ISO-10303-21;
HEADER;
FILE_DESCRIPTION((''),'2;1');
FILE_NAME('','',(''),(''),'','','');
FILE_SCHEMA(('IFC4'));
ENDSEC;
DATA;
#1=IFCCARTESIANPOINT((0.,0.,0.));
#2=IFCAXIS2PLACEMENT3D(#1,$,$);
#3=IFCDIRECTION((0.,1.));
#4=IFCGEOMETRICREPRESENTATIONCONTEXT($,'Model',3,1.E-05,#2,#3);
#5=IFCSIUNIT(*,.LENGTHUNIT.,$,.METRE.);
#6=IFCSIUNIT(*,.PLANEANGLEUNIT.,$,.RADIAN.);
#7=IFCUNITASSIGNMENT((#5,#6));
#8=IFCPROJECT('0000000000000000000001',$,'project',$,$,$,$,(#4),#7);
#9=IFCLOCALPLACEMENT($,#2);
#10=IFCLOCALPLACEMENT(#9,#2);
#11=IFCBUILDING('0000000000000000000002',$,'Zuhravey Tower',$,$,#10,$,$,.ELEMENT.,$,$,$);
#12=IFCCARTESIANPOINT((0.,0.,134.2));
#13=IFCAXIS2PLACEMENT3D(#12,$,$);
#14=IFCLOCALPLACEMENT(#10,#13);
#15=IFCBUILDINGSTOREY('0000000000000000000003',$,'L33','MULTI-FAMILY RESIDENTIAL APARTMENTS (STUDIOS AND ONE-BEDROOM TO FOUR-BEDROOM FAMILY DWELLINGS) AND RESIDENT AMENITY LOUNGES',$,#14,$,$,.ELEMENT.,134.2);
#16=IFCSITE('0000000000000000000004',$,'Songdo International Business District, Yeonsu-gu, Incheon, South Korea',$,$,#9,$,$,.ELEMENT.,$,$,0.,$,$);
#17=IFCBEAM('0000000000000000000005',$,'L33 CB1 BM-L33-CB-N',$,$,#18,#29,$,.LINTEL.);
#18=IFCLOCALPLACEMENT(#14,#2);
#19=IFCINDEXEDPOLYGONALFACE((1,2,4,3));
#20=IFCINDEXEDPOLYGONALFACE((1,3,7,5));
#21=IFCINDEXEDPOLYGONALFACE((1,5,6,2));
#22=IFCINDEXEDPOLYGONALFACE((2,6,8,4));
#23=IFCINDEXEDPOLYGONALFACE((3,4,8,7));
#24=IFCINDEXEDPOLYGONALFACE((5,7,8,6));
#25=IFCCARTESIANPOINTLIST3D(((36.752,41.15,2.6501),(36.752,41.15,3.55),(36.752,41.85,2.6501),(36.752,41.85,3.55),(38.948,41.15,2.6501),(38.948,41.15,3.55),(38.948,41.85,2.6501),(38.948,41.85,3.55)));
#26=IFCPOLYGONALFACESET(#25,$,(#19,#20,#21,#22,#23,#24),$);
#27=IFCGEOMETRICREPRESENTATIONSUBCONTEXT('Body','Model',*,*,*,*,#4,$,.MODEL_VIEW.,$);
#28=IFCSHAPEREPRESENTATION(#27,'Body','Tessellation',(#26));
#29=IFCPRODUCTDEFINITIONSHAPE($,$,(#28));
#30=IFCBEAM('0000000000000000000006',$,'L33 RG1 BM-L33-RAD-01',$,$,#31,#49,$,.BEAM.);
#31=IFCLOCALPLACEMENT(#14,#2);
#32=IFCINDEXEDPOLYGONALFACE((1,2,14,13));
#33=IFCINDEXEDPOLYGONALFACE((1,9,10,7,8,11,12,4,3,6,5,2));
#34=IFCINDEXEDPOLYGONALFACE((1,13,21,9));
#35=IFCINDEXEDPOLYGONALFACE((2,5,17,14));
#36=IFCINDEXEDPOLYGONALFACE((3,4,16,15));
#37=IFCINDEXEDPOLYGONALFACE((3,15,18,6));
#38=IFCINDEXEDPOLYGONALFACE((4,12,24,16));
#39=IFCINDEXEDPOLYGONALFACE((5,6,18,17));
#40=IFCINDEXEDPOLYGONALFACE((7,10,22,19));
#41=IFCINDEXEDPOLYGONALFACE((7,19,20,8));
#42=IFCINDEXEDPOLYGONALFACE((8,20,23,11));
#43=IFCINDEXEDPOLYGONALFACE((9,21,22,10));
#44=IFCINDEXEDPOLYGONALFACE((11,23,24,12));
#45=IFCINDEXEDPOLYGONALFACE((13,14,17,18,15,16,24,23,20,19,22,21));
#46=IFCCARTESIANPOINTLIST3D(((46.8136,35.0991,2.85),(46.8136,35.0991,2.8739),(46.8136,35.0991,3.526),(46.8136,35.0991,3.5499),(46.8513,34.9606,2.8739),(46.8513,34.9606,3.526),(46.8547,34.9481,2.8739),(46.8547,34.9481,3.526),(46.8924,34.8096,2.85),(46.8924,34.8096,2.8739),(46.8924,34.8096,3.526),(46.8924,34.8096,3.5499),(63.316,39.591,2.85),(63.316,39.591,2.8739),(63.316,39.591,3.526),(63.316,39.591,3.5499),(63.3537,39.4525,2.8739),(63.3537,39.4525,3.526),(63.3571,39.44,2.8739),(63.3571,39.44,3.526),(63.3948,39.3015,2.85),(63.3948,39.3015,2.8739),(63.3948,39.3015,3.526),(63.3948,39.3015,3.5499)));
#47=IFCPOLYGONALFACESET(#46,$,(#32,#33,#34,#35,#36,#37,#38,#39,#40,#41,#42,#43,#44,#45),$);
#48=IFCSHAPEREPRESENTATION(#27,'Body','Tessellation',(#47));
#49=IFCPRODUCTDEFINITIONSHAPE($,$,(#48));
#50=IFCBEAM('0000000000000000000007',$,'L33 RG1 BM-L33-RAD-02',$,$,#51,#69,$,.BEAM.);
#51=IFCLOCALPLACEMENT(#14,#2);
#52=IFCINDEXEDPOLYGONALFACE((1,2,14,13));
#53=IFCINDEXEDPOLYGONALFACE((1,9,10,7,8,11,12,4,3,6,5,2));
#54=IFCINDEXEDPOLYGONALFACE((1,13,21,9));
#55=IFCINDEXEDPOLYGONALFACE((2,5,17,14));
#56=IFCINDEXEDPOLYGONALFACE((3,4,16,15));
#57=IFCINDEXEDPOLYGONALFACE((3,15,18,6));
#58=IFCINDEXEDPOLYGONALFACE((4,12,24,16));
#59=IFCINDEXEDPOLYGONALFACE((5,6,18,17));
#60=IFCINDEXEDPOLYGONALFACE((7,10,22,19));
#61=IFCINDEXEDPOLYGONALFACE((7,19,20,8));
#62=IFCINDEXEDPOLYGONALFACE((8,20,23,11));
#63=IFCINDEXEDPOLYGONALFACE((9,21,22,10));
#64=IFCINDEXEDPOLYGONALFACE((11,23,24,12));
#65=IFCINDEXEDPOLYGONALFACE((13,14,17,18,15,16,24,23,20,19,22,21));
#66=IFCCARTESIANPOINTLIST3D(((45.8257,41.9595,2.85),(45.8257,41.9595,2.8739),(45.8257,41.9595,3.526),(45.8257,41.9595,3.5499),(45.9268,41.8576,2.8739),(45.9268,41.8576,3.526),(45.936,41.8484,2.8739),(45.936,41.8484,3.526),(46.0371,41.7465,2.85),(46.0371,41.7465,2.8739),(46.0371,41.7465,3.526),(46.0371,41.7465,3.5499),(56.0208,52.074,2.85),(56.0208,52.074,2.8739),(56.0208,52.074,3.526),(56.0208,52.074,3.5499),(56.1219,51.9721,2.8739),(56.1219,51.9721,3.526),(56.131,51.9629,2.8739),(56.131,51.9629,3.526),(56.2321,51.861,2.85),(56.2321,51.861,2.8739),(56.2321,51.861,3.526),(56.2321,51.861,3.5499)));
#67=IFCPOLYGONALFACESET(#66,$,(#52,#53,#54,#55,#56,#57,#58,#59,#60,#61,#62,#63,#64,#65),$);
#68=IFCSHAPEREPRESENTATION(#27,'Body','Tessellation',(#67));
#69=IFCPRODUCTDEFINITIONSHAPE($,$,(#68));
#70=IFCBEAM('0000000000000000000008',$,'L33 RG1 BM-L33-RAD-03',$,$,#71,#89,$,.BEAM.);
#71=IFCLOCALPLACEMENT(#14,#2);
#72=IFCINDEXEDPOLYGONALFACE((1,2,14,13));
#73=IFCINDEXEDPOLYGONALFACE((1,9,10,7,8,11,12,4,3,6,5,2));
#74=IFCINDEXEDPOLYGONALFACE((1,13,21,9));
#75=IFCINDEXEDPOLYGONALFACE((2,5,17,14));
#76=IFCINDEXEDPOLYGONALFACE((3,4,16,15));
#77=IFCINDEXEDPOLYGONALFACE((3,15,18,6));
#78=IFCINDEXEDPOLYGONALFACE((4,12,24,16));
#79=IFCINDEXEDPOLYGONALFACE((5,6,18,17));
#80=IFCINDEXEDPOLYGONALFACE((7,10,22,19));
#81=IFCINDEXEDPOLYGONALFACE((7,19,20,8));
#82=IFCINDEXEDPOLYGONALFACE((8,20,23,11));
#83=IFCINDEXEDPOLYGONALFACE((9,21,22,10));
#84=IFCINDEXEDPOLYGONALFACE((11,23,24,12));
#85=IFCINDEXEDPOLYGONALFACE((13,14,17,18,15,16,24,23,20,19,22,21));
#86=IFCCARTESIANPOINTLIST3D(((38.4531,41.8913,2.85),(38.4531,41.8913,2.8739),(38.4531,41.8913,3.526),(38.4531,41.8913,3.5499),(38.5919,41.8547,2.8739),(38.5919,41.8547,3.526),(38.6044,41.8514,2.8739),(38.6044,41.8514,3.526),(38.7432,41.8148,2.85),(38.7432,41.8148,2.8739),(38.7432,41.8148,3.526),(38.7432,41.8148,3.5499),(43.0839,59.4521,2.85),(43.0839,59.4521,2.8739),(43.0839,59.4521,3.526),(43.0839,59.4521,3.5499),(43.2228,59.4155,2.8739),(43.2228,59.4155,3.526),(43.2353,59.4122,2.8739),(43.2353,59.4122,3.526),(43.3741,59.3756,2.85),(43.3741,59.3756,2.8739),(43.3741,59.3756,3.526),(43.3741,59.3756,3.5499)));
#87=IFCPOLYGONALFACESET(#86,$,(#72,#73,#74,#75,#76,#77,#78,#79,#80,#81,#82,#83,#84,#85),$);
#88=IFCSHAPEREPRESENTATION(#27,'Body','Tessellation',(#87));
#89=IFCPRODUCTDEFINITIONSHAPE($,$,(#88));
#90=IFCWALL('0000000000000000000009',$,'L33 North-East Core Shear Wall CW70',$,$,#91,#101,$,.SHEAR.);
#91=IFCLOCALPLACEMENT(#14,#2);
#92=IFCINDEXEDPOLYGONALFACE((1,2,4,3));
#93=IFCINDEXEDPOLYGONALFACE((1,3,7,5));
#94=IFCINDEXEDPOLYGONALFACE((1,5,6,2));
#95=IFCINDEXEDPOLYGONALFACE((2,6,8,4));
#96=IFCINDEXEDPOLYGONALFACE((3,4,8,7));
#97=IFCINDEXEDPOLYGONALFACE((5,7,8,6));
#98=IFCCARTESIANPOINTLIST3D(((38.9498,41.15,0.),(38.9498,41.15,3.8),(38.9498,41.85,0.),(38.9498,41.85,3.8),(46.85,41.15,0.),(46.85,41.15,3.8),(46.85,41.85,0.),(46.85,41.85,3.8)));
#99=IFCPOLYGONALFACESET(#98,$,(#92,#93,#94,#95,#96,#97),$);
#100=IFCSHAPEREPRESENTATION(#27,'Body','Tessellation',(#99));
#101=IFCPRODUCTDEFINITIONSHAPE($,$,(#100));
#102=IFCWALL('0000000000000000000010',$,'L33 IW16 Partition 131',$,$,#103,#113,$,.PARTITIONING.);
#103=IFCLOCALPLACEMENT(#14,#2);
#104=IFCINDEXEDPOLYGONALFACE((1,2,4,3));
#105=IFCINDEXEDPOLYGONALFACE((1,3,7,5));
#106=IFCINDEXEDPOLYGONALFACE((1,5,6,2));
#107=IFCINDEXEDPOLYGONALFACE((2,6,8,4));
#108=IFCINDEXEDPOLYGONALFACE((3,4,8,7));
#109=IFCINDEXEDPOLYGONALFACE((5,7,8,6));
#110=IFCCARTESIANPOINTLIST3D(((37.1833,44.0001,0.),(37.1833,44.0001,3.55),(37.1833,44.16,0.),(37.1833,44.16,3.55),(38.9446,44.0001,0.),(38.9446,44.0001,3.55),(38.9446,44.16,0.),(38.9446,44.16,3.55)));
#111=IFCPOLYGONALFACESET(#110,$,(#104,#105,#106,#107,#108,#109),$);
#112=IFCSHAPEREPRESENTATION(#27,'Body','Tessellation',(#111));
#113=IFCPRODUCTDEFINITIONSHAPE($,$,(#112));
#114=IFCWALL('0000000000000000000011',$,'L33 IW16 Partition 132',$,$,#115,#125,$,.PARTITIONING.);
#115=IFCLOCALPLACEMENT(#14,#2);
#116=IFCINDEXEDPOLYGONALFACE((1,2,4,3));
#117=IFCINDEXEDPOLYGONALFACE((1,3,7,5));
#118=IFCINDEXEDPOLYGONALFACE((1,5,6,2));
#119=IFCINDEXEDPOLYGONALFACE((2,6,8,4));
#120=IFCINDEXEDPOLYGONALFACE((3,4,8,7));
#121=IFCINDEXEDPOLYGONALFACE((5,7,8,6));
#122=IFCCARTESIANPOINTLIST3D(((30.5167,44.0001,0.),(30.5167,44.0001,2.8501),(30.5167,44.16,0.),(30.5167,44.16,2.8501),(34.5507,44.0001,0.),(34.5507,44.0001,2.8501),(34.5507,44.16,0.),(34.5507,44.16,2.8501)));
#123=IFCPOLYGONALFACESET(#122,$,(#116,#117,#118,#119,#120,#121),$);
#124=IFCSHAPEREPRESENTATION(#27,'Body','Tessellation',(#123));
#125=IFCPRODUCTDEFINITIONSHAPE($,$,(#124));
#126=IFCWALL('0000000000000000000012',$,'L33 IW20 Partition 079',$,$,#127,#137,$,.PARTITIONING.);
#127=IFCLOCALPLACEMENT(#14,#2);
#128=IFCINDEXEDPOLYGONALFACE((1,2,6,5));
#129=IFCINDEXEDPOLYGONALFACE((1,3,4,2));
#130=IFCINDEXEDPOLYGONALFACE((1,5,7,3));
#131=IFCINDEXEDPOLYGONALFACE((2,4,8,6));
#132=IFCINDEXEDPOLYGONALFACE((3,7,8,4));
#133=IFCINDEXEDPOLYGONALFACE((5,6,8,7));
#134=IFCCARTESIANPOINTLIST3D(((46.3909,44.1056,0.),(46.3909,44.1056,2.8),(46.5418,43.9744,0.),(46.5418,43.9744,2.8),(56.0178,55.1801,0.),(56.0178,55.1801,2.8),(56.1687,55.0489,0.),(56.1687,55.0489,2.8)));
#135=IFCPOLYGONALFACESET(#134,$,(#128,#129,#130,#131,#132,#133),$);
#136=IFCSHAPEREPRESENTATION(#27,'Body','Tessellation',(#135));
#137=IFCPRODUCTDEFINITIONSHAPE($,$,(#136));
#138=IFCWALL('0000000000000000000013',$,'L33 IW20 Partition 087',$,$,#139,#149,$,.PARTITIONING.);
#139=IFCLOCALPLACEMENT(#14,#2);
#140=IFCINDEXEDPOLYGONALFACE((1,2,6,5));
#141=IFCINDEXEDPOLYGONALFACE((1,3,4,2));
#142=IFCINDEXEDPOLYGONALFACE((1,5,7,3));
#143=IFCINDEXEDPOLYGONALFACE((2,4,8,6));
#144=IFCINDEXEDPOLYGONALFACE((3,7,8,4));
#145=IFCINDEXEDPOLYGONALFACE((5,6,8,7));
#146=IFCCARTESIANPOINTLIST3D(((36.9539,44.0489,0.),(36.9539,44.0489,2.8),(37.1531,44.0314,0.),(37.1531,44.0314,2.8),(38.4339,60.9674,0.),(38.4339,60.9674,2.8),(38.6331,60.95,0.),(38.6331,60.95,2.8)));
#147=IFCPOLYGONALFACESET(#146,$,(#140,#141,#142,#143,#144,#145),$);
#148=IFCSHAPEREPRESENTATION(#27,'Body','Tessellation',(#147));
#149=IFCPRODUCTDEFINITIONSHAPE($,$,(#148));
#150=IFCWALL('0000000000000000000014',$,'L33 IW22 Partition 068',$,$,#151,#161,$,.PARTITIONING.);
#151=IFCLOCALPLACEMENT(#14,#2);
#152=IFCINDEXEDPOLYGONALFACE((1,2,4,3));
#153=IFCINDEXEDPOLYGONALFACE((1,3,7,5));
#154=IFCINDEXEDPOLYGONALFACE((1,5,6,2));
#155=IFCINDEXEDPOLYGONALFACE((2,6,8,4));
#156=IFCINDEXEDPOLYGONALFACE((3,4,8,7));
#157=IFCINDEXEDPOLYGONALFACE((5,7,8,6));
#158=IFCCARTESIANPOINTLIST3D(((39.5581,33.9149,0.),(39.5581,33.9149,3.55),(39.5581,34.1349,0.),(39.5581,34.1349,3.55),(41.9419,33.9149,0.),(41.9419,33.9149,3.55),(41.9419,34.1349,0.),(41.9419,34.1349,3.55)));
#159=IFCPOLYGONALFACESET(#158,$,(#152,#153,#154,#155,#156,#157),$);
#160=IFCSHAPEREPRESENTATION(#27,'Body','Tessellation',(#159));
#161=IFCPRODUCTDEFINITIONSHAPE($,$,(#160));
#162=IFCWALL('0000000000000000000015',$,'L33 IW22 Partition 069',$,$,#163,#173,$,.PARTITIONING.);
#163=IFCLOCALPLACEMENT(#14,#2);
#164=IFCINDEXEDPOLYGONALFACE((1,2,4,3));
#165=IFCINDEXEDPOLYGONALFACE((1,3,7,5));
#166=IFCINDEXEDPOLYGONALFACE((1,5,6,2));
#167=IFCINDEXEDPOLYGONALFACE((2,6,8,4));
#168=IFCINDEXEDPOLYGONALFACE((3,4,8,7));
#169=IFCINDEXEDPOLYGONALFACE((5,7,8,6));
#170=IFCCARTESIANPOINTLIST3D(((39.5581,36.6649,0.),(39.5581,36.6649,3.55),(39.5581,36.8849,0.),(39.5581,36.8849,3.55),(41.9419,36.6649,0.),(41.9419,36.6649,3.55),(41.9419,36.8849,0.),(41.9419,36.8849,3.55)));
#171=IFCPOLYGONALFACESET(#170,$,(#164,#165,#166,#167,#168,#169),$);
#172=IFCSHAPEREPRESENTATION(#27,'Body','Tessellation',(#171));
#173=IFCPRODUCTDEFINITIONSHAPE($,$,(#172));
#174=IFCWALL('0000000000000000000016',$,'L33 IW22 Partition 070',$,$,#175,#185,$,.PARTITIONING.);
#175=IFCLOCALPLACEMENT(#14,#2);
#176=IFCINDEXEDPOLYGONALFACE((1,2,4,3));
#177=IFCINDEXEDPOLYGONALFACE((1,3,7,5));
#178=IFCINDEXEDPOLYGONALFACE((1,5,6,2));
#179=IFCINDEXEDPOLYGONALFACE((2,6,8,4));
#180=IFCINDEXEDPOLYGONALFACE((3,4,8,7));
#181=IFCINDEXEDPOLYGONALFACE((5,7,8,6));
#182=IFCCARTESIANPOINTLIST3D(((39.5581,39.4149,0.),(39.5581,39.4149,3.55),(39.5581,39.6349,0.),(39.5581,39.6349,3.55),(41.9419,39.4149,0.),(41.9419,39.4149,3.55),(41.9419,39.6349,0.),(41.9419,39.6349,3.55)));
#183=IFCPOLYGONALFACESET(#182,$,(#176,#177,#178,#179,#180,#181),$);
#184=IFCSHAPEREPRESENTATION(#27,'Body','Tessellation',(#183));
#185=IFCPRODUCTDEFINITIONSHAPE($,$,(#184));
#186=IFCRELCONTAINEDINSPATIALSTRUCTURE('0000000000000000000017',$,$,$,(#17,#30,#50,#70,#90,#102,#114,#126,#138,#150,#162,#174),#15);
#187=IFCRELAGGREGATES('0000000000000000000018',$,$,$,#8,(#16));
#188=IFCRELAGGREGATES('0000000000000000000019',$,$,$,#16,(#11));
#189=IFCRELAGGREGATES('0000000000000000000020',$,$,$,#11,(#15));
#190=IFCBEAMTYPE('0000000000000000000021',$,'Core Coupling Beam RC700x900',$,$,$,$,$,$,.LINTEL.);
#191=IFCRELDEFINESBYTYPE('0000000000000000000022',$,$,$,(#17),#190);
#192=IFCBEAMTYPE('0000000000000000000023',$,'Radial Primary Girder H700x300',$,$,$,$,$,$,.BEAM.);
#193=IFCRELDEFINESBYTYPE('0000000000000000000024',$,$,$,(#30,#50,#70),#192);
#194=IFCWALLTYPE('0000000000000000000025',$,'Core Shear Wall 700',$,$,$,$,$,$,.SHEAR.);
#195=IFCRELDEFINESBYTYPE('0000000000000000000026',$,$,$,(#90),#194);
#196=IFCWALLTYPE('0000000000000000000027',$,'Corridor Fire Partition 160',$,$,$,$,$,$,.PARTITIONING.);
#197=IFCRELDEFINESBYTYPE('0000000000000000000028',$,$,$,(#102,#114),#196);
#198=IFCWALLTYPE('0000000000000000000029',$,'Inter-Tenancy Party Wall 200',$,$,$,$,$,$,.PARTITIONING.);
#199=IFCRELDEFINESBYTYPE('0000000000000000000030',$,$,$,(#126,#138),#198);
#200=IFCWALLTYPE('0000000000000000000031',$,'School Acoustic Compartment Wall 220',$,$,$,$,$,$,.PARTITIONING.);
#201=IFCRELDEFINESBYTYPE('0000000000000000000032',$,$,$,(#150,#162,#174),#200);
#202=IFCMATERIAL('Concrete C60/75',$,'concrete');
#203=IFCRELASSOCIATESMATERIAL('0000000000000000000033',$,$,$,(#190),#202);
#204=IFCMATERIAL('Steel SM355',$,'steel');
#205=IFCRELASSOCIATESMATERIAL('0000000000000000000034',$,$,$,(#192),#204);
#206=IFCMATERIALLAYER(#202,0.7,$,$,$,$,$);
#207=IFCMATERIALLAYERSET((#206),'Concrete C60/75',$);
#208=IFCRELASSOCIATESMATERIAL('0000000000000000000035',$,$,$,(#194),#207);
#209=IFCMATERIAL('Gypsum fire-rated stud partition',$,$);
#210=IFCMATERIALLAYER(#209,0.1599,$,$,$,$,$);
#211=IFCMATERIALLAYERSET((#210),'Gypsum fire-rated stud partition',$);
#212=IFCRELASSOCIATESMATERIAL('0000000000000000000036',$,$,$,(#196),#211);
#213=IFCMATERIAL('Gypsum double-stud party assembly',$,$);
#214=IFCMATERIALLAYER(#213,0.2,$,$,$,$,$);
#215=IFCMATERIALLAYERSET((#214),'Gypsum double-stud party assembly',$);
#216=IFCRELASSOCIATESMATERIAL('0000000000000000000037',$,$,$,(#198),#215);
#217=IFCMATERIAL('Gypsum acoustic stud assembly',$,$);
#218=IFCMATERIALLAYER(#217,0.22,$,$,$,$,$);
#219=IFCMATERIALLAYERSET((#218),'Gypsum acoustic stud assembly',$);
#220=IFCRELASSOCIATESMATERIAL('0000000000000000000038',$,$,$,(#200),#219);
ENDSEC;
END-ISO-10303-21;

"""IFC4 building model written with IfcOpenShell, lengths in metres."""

from ifc_helpers import new_model, si_unit, direction, frame, frame_2d, origin, origin_2d, place, context, subcontext, project, spatial, rectangle, i_section, extrude, material, layer, layer_set, material_profile, profile_set, type_object, element, save


model = new_model("IFC4")

# Units and contexts
model_context = context("Model", 3, precision=1e-05, world=origin(), true_north=direction((0.0, 1.0)))
body_context = subcontext(model_context, "Body", "Model", "MODEL_VIEW")
ifc_project = project(units=[si_unit("LENGTHUNIT", "METRE"), si_unit("PLANEANGLEUNIT", "RADIAN")], contexts=[model_context])

# Site, building, storey
site_placement = place(None, origin())
site = spatial("IfcSite", under=ifc_project, at=site_placement, Name="Songdo International Business District, Yeonsu-gu, Incheon, South Korea", CompositionType="ELEMENT", RefElevation=0.0)
building_placement = place(site_placement, origin())
building = spatial("IfcBuilding", under=site, at=building_placement, Name="Zuhravey Tower", CompositionType="ELEMENT")
storey_placement = place(building_placement, frame((0.0, 0.0, 134.2)))
storey = spatial("IfcBuildingStorey", under=building, at=storey_placement, Name="L33", Description="MULTI-FAMILY RESIDENTIAL APARTMENTS (STUDIOS AND ONE-BEDROOM TO FOUR-BEDROOM FAMILY DWELLINGS) AND RESIDENT AMENITY LOUNGES", CompositionType="ELEMENT", Elevation=134.2)

# Beams
ifc_material_1 = material(Name="Concrete C60/75", Category="concrete")
ifc_material_profile_1 = material_profile(ifc_material_1, rectangle(XDim=0.7, YDim=0.8999, at=origin_2d()), Name="RC-700x900")
ifc_profile_set_1 = profile_set([ifc_material_profile_1], Name="Concrete C60/75")
beam_type_1 = type_object("IfcBeamType", Name="Core Coupling Beam RC700x900", PredefinedType="LINTEL", material=ifc_profile_set_1)
beam_1_placement = place(storey_placement, frame((36.752, 41.5, 3.1001), z_axis=(1.0, 0.0, 0.0), x_axis=(0.0, 1.0, 0.0)))
element("IfcBeam", 1, at=beam_1_placement, inside=storey, type_object=beam_type_1, Name="L33 CB1 BM-L33-CB-N", PredefinedType="LINTEL", context=body_context, shape_type="SweptSolid", body=[
    extrude(rectangle(XDim=0.7, YDim=0.8999, at=origin_2d()), origin(), (0.0, 0.0, 1.0), 2.196),
])
ifc_material_2 = material(Name="Steel SM355", Category="steel")
ifc_material_profile_2 = material_profile(ifc_material_2, i_section(OverallWidth=0.3, OverallDepth=0.7, WebThickness=0.0129, FlangeThickness=0.0239, at=origin_2d()), Name="H-700x300x13x24")
ifc_profile_set_2 = profile_set([ifc_material_profile_2], Name="Steel SM355")
beam_type_2 = type_object("IfcBeamType", Name="Radial Primary Girder H700x300", PredefinedType="BEAM", material=ifc_profile_set_2)
beam_2_placement = place(storey_placement, frame((46.853, 34.9543, 3.2), z_axis=(0.964893, 0.262643, 0.0), x_axis=(-0.262643, 0.964893, 0.0)))
element("IfcBeam", 2, at=beam_2_placement, inside=storey, type_object=beam_type_2, Name="L33 RG1 BM-L33-RAD-01", PredefinedType="BEAM", context=body_context, shape_type="SweptSolid", body=[
    extrude(i_section(OverallWidth=0.3, OverallDepth=0.7, WebThickness=0.0129, FlangeThickness=0.0239, at=origin_2d()), origin(), (0.0, 0.0, 1.0), 17.1028),
])
beam_3_placement = place(storey_placement, frame((45.9314, 41.853, 3.2), z_axis=(0.709906, 0.704296, 0.0), x_axis=(-0.704296, 0.709906, 0.0)))
element("IfcBeam", 3, at=beam_3_placement, inside=storey, type_object=beam_type_2, Name="L33 RG1 BM-L33-RAD-02", PredefinedType="BEAM", context=body_context, shape_type="SweptSolid", body=[
    extrude(i_section(OverallWidth=0.3, OverallDepth=0.7, WebThickness=0.0129, FlangeThickness=0.0239, at=origin_2d()), origin(), (0.0, 0.0, 1.0), 14.3611),
])
beam_4_placement = place(storey_placement, frame((38.5981, 41.853, 3.2), z_axis=(0.254988, 0.966944, 0.0), x_axis=(-0.966944, 0.254988, 0.0)))
element("IfcBeam", 4, at=beam_4_placement, inside=storey, type_object=beam_type_2, Name="L33 RG1 BM-L33-RAD-03", PredefinedType="BEAM", context=body_context, shape_type="SweptSolid", body=[
    extrude(i_section(OverallWidth=0.3, OverallDepth=0.7, WebThickness=0.0129, FlangeThickness=0.0239, at=origin_2d()), origin(), (0.0, 0.0, 1.0), 18.1611),
])

# Wall
ifc_layer_1 = layer(ifc_material_1, 0.7)
ifc_layer_set_1 = layer_set([ifc_layer_1], Name="Concrete C60/75")
wall_type_1 = type_object("IfcWallType", Name="Core Shear Wall 700", PredefinedType="SHEAR", material=ifc_layer_set_1)
wall_1_placement = place(storey_placement, frame((46.8501, 41.5, 0.0), z_axis=(0.0, 0.0, 1.0), x_axis=(-1.0, 0.0, 0.0)))
element("IfcWall", 5, at=wall_1_placement, inside=storey, type_object=wall_type_1, Name="L33 North-East Core Shear Wall CW70", PredefinedType="SHEAR", context=body_context, shape_type="SweptSolid", body=[
    extrude(rectangle(XDim=7.9001, YDim=0.7, at=frame_2d((3.9502, 0.0))), origin(), (0.0, 0.0, 1.0), 3.8),
])

# Shared definitions
ifc_material_3 = material(Name="Gypsum fire-rated stud partition")
ifc_layer_2 = layer(ifc_material_3, 0.1599)
ifc_layer_set_2 = layer_set([ifc_layer_2], Name="Gypsum fire-rated stud partition")
wall_type_2 = type_object("IfcWallType", Name="Corridor Fire Partition 160", PredefinedType="PARTITIONING", material=ifc_layer_set_2)

# Walls
wall_2_placement = place(storey_placement, frame((38.9446, 44.0801, 0.0), z_axis=(0.0, 0.0, 1.0), x_axis=(-1.0, 0.0, 0.0)))
element("IfcWall", 6, at=wall_2_placement, inside=storey, type_object=wall_type_2, Name="L33 IW16 Partition 131", PredefinedType="PARTITIONING", context=body_context, shape_type="SweptSolid", body=[
    extrude(rectangle(XDim=1.7612, YDim=0.1599, at=frame_2d((0.8806, 0.0))), origin(), (0.0, 0.0, 1.0), 3.55),
])
wall_3_placement = place(storey_placement, frame((34.5508, 44.0801, 0.0), z_axis=(0.0, 0.0, 1.0), x_axis=(-1.0, 0.0, 0.0)))
element("IfcWall", 7, at=wall_3_placement, inside=storey, type_object=wall_type_2, Name="L33 IW16 Partition 132", PredefinedType="PARTITIONING", context=body_context, shape_type="SweptSolid", body=[
    extrude(rectangle(XDim=4.0339, YDim=0.1599, at=frame_2d((2.0171, 0.0))), origin(), (0.0, 0.0, 1.0), 2.8501),
])

# Walls
ifc_material_4 = material(Name="Gypsum double-stud party assembly")
ifc_layer_3 = layer(ifc_material_4, 0.2)
ifc_layer_set_3 = layer_set([ifc_layer_3], Name="Gypsum double-stud party assembly")
wall_type_3 = type_object("IfcWallType", Name="Inter-Tenancy Party Wall 200", PredefinedType="PARTITIONING", material=ifc_layer_set_3)
wall_4_placement = place(storey_placement, frame((46.4663, 44.04, 0.0), z_axis=(0.0, 0.0, 1.0), x_axis=(0.656062, 0.754707, 0.0)))
element("IfcWall", 8, at=wall_4_placement, inside=storey, type_object=wall_type_3, Name="L33 IW20 Partition 079", PredefinedType="PARTITIONING", context=body_context, shape_type="SweptSolid", body=[
    extrude(rectangle(XDim=14.6738, YDim=0.2, at=frame_2d((7.3369, 0.0))), origin(), (0.0, 0.0, 1.0), 2.8),
])
wall_5_placement = place(storey_placement, frame((37.0535, 44.04, 0.0), z_axis=(0.0, 0.0, 1.0), x_axis=(0.087144, 0.996196, 0.0)))
element("IfcWall", 9, at=wall_5_placement, inside=storey, type_object=wall_type_3, Name="L33 IW20 Partition 087", PredefinedType="PARTITIONING", context=body_context, shape_type="SweptSolid", body=[
    extrude(rectangle(XDim=16.9832, YDim=0.2, at=frame_2d((8.4917, 0.0))), origin(), (0.0, 0.0, 1.0), 2.8),
])
ifc_material_5 = material(Name="Gypsum acoustic stud assembly")
ifc_layer_4 = layer(ifc_material_5, 0.22)
ifc_layer_set_4 = layer_set([ifc_layer_4], Name="Gypsum acoustic stud assembly")
wall_type_4 = type_object("IfcWallType", Name="School Acoustic Compartment Wall 220", PredefinedType="PARTITIONING", material=ifc_layer_set_4)
for number, where, z_axis, x_axis, name in (
    (10, (39.5581, 34.0249, 0.0), (0.0, 0.0, 1.0), (1.0, 0.0, 0.0), "L33 IW22 Partition 068"),
    (11, (39.5581, 36.7749, 0.0), (0.0, 0.0, 1.0), (1.0, 0.0, 0.0), "L33 IW22 Partition 069"),
    (12, (39.5581, 39.5249, 0.0), (0.0, 0.0, 1.0), (1.0, 0.0, 0.0), "L33 IW22 Partition 070"),
):
    element("IfcWall", number, at=place(storey_placement, frame(where, z_axis=z_axis, x_axis=x_axis)), inside=storey, type_object=wall_type_4, Name=name, PredefinedType="PARTITIONING", context=body_context, shape_type="SweptSolid", body=[
        extrude(rectangle(XDim=2.3838, YDim=0.22, at=frame_2d((1.1919, 0.0))), origin(), (0.0, 0.0, 1.0), 3.55),
    ])

save(model, "model.ifc")
